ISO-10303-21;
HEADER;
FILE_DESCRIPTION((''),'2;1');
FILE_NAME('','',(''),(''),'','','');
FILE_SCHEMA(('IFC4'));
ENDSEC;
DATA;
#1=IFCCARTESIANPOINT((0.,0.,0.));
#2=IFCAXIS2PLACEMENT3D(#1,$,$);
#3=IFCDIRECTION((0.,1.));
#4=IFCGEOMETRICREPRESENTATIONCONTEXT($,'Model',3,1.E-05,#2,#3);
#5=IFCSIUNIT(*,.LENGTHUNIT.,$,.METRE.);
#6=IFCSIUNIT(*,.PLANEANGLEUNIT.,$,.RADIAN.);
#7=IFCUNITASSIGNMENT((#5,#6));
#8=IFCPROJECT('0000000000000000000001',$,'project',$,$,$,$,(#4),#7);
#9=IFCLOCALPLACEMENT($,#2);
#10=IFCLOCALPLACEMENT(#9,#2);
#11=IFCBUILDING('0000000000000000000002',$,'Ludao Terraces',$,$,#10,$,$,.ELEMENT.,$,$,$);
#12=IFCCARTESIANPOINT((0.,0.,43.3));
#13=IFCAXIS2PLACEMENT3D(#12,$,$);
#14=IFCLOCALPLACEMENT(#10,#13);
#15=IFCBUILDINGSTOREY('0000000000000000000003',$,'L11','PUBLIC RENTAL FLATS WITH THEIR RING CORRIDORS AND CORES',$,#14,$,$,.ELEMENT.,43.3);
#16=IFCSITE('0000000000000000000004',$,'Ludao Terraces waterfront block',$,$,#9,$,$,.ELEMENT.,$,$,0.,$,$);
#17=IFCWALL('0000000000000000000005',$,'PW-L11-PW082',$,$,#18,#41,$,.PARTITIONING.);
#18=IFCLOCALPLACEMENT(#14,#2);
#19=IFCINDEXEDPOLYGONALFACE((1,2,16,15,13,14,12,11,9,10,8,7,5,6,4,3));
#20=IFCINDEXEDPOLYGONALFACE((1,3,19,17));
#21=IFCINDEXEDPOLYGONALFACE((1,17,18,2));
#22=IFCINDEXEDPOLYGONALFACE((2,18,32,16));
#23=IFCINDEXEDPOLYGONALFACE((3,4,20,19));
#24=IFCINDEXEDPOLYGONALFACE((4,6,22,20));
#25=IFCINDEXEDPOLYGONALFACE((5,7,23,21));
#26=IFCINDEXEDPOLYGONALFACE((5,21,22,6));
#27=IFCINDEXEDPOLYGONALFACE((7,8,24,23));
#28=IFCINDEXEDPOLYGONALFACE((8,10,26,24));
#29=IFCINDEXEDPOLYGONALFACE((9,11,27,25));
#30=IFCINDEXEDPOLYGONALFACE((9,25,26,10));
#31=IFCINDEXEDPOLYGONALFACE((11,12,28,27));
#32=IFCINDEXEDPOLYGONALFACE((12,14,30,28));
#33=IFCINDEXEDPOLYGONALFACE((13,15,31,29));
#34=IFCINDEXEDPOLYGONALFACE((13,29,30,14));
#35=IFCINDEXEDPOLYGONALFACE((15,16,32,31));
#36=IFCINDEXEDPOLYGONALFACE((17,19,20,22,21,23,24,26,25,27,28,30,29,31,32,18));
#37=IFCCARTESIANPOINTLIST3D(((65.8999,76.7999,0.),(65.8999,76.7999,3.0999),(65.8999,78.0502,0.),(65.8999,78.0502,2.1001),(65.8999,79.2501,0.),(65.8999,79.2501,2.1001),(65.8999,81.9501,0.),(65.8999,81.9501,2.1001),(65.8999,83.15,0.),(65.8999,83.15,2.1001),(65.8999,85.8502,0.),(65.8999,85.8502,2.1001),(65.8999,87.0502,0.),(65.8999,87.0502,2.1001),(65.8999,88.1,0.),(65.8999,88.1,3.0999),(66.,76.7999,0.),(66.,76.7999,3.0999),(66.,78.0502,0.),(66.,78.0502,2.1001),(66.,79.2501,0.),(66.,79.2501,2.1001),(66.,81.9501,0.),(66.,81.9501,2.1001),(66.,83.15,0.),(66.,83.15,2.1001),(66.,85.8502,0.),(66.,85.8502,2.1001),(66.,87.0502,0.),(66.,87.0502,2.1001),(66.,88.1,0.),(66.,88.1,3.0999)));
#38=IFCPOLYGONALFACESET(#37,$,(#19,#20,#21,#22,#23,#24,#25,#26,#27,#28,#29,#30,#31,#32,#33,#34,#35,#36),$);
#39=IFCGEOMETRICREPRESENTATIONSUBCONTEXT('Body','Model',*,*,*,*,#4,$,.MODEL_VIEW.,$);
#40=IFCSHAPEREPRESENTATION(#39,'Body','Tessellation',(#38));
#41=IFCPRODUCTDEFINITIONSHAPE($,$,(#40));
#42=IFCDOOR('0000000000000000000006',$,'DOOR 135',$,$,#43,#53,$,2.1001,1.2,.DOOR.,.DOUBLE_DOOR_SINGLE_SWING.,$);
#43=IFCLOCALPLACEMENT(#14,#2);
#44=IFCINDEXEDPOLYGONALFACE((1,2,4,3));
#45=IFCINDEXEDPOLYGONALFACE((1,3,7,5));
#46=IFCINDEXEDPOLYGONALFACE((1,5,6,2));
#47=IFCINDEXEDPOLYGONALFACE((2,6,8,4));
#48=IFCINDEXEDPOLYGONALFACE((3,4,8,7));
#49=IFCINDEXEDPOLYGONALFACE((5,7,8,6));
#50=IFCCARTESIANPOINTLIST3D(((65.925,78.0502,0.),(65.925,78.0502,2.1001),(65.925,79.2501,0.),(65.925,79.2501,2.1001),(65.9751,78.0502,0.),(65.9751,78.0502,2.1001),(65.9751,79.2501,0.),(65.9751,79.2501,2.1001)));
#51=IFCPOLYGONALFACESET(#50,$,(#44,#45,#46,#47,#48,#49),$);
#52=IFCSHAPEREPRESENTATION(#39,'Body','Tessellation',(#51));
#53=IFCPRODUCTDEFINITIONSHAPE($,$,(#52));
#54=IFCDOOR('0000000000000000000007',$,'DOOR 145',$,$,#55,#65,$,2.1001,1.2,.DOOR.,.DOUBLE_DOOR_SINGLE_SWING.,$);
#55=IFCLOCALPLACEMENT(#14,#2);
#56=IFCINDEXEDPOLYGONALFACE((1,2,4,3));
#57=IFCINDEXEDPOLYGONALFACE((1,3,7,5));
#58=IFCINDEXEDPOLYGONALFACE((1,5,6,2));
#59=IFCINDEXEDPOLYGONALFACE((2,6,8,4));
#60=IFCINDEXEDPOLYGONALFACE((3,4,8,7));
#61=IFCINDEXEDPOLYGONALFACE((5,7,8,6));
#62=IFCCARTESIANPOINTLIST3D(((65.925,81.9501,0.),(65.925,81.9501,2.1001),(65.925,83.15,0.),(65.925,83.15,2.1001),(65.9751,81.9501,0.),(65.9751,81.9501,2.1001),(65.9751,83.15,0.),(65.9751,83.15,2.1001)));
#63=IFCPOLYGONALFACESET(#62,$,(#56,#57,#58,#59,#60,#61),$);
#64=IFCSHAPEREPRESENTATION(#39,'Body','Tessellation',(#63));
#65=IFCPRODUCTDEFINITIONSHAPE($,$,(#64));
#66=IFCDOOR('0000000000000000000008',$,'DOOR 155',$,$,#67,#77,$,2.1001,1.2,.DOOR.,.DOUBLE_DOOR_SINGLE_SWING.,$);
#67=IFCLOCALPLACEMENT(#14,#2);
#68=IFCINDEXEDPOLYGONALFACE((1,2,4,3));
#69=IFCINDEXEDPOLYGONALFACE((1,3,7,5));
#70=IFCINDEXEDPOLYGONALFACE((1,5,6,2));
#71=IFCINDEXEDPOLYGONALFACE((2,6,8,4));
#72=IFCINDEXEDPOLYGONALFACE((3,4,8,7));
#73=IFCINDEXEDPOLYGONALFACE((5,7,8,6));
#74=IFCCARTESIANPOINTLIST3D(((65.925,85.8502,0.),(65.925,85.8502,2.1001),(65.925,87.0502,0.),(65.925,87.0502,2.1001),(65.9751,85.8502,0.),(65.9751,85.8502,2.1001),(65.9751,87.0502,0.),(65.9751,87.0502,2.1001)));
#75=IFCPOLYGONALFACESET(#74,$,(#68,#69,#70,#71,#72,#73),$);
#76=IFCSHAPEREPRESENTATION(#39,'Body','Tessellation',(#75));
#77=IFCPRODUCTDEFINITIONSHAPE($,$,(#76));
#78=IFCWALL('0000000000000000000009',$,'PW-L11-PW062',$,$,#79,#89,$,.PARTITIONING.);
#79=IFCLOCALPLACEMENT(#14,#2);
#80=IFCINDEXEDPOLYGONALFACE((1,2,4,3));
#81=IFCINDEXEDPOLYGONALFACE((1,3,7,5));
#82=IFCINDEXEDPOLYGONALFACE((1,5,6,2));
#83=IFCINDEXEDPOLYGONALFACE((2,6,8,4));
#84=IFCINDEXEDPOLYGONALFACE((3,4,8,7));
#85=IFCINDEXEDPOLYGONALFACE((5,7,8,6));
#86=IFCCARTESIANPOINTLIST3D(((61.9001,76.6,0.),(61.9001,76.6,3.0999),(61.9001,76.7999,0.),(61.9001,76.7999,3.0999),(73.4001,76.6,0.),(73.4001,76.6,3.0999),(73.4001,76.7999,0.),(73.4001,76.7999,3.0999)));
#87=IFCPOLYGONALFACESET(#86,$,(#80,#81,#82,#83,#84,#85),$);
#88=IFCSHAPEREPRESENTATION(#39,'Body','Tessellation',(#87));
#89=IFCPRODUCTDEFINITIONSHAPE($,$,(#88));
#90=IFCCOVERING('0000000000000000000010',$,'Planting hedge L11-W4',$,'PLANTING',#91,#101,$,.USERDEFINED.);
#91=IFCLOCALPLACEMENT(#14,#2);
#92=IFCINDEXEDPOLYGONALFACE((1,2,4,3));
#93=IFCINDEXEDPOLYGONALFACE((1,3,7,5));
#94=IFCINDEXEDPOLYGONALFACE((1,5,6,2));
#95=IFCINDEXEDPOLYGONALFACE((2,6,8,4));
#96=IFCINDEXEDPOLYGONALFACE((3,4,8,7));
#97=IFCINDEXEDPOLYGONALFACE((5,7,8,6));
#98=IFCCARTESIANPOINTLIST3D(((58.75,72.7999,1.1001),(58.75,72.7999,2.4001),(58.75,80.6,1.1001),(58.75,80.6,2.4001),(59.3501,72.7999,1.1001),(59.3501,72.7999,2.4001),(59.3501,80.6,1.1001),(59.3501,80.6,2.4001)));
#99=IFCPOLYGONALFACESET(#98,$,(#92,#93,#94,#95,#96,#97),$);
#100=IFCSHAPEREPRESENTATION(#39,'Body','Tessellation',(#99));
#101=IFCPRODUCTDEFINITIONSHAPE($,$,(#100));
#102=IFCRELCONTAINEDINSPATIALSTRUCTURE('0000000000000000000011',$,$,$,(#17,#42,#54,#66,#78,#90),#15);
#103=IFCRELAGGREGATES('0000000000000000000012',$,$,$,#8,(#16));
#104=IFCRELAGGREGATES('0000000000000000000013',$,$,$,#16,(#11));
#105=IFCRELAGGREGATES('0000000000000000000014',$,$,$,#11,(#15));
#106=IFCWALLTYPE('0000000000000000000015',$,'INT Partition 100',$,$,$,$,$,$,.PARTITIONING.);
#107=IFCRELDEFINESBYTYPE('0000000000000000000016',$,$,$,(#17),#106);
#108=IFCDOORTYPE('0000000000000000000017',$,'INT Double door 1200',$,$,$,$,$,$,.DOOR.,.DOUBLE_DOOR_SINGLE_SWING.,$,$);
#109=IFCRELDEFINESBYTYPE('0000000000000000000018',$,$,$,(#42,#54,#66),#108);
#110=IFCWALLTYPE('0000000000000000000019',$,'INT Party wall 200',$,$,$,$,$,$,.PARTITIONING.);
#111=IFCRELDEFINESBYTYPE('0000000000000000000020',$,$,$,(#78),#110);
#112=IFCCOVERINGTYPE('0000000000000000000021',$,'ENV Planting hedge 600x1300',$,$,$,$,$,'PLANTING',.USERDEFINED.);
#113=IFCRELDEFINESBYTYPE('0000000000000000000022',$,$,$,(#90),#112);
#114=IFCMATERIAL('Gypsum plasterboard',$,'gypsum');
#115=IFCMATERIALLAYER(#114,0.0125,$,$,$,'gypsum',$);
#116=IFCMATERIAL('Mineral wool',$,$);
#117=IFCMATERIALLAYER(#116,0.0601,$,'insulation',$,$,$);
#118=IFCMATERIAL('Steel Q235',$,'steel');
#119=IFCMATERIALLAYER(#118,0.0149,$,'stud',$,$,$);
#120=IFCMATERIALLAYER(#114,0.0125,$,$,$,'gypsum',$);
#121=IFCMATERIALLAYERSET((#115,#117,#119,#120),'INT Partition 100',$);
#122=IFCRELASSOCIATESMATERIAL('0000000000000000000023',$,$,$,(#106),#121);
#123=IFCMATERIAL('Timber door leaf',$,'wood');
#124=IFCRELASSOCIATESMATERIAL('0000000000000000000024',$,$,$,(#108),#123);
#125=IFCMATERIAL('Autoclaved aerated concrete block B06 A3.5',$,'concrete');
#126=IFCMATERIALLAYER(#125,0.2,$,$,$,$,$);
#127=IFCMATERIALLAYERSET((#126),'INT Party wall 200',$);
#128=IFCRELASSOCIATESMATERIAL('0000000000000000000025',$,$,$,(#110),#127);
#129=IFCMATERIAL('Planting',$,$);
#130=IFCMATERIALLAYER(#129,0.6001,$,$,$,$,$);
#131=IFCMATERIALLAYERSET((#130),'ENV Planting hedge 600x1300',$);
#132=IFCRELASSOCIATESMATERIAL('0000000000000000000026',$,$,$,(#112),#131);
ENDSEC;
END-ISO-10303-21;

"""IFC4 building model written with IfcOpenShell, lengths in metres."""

from ifc_helpers import new_model, si_unit, direction, frame, frame_2d, origin, origin_2d, place, context, subcontext, project, spatial, rectangle, extrude, material, layer, layer_set, type_object, element, fill, save


model = new_model("IFC4")

# Units and contexts
model_context = context("Model", 3, precision=1e-05, world=origin(), true_north=direction((0.0, 1.0)))
body_context = subcontext(model_context, "Body", "Model", "MODEL_VIEW")
ifc_project = project(units=[si_unit("LENGTHUNIT", "METRE"), si_unit("PLANEANGLEUNIT", "RADIAN")], contexts=[model_context])

# Site, building, storey
site_placement = place(None, origin())
site = spatial("IfcSite", under=ifc_project, at=site_placement, Name="Ludao Terraces waterfront block", CompositionType="ELEMENT", RefElevation=0.0)
building_placement = place(site_placement, origin())
building = spatial("IfcBuilding", under=site, at=building_placement, Name="Ludao Terraces", CompositionType="ELEMENT")
storey_placement = place(building_placement, frame((0.0, 0.0, 43.3)))
storey = spatial("IfcBuildingStorey", under=building, at=storey_placement, Name="L11", Description="PUBLIC RENTAL FLATS WITH THEIR RING CORRIDORS AND CORES", CompositionType="ELEMENT", Elevation=43.3)

# Shared definitions
ifc_material_1 = material(Name="Mineral wool")

# Shared definitions
ifc_material_2 = material(Name="Gypsum plasterboard", Category="gypsum")
ifc_layer_1 = layer(ifc_material_2, 0.0125, Category="gypsum")
ifc_layer_2 = layer(ifc_material_1, 0.0601, Name="insulation")
ifc_material_3 = material(Name="Steel Q235", Category="steel")
ifc_layer_3 = layer(ifc_material_3, 0.0149, Name="stud")
ifc_layer_4 = layer(ifc_material_2, 0.0125, Category="gypsum")
ifc_layer_set_1 = layer_set([ifc_layer_1, ifc_layer_2, ifc_layer_3, ifc_layer_4], Name="INT Partition 100")
wall_type_1 = type_object("IfcWallType", Name="INT Partition 100", PredefinedType="PARTITIONING", material=ifc_layer_set_1)

# Wall, openings, doors
ifc_material_4 = material(Name="Timber door leaf", Category="wood")
door_type_1 = type_object("IfcDoorType", Name="INT Double door 1200", OperationType="DOUBLE_DOOR_SINGLE_SWING", PredefinedType="DOOR", material=ifc_material_4)
wall_1_placement = place(storey_placement, frame((65.95, 76.8, 0.0), z_axis=(0.0, 0.0, 1.0), x_axis=(0.0, 1.0, 0.0)))
wall_1 = element("IfcWall", 1, at=wall_1_placement, inside=storey, type_object=wall_type_1, Name="PW-L11-PW082", PredefinedType="PARTITIONING", context=body_context, shape_type="SweptSolid", body=[
    extrude(rectangle(XDim=11.3, YDim=0.1001, at=frame_2d((5.6499, 0.0))), origin(), (0.0, 0.0, 1.0), 3.0999),
])
opening_1_placement = place(wall_1_placement, frame((1.25, 0.0, 0.0)))
opening_1 = element("IfcOpeningElement", 2, at=opening_1_placement, cuts=wall_1, PredefinedType="OPENING", context=body_context, shape_type="SweptSolid", body=[
    extrude(rectangle(XDim=1.2, YDim=2.1001, at=frame_2d((0.6001, 1.05))), frame((0.0, 0.0601, 0.0), z_axis=(0.0, -1.0, 0.0), x_axis=(1.0, 0.0, 0.0)), (0.0, 0.0, 1.0), 0.1201),
])
opening_2_placement = place(wall_1_placement, frame((5.1499, 0.0, 0.0)))
opening_2 = element("IfcOpeningElement", 3, at=opening_2_placement, cuts=wall_1, PredefinedType="OPENING", context=body_context, shape_type="SweptSolid", body=[
    extrude(rectangle(XDim=1.2, YDim=2.1001, at=frame_2d((0.6001, 1.05))), frame((0.0, 0.0601, 0.0), z_axis=(0.0, -1.0, 0.0), x_axis=(1.0, 0.0, 0.0)), (0.0, 0.0, 1.0), 0.1201),
])
opening_3_placement = place(wall_1_placement, frame((9.05, 0.0, 0.0)))
opening_3 = element("IfcOpeningElement", 4, at=opening_3_placement, cuts=wall_1, PredefinedType="OPENING", context=body_context, shape_type="SweptSolid", body=[
    extrude(rectangle(XDim=1.2, YDim=2.1001, at=frame_2d((0.6001, 1.05))), frame((0.0, 0.0601, 0.0), z_axis=(0.0, -1.0, 0.0), x_axis=(1.0, 0.0, 0.0)), (0.0, 0.0, 1.0), 0.1201),
])
door_1_placement = place(opening_1_placement, origin())
door_1 = element("IfcDoor", 5, at=door_1_placement, inside=storey, type_object=door_type_1, Name="DOOR 135", OperationType="DOUBLE_DOOR_SINGLE_SWING", OverallHeight=2.1001, OverallWidth=1.2, PredefinedType="DOOR", context=body_context, shape_type="SweptSolid", body=[
    extrude(rectangle(XDim=1.2, YDim=2.1001, at=frame_2d((0.6001, 1.05))), frame((0.0, 0.0249, 0.0), z_axis=(0.0, -1.0, 0.0), x_axis=(1.0, 0.0, 0.0)), (0.0, 0.0, 1.0), 0.05),
])
fill(opening_1, door_1)
door_2_placement = place(opening_2_placement, origin())
door_2 = element("IfcDoor", 6, at=door_2_placement, inside=storey, type_object=door_type_1, Name="DOOR 145", OperationType="DOUBLE_DOOR_SINGLE_SWING", OverallHeight=2.1001, OverallWidth=1.2, PredefinedType="DOOR", context=body_context, shape_type="SweptSolid", body=[
    extrude(rectangle(XDim=1.2, YDim=2.1001, at=frame_2d((0.6001, 1.05))), frame((0.0, 0.0249, 0.0), z_axis=(0.0, -1.0, 0.0), x_axis=(1.0, 0.0, 0.0)), (0.0, 0.0, 1.0), 0.05),
])
fill(opening_2, door_2)
door_3_placement = place(opening_3_placement, origin())
door_3 = element("IfcDoor", 7, at=door_3_placement, inside=storey, type_object=door_type_1, Name="DOOR 155", OperationType="DOUBLE_DOOR_SINGLE_SWING", OverallHeight=2.1001, OverallWidth=1.2, PredefinedType="DOOR", context=body_context, shape_type="SweptSolid", body=[
    extrude(rectangle(XDim=1.2, YDim=2.1001, at=frame_2d((0.6001, 1.05))), frame((0.0, 0.0249, 0.0), z_axis=(0.0, -1.0, 0.0), x_axis=(1.0, 0.0, 0.0)), (0.0, 0.0, 1.0), 0.05),
])
fill(opening_3, door_3)

# Wall
ifc_material_5 = material(Name="Autoclaved aerated concrete block B06 A3.5", Category="concrete")
ifc_layer_5 = layer(ifc_material_5, 0.2)
ifc_layer_set_2 = layer_set([ifc_layer_5], Name="INT Party wall 200")
wall_type_2 = type_object("IfcWallType", Name="INT Party wall 200", PredefinedType="PARTITIONING", material=ifc_layer_set_2)
wall_2_placement = place(storey_placement, frame((61.9001, 76.7, 0.0), z_axis=(0.0, 0.0, 1.0), x_axis=(1.0, 0.0, 0.0)))
element("IfcWall", 8, at=wall_2_placement, inside=storey, type_object=wall_type_2, Name="PW-L11-PW062", PredefinedType="PARTITIONING", context=body_context, shape_type="SweptSolid", body=[
    extrude(rectangle(XDim=11.5, YDim=0.2, at=frame_2d((5.75, 0.0))), origin(), (0.0, 0.0, 1.0), 3.0999),
])

# Covering
ifc_material_6 = material(Name="Planting")
ifc_layer_6 = layer(ifc_material_6, 0.6001)
ifc_layer_set_3 = layer_set([ifc_layer_6], Name="ENV Planting hedge 600x1300")
covering_type = type_object("IfcCoveringType", Name="ENV Planting hedge 600x1300", ElementType="PLANTING", PredefinedType="USERDEFINED", material=ifc_layer_set_3)
covering_placement = place(storey_placement, frame((59.05, 76.7, 1.1001), z_axis=(0.0, 0.0, 1.0), x_axis=(1.0, 0.0, 0.0)))
element("IfcCovering", 9, at=covering_placement, inside=storey, type_object=covering_type, Name="Planting hedge L11-W4", ObjectType="PLANTING", PredefinedType="USERDEFINED", context=body_context, shape_type="SweptSolid", body=[
    extrude(rectangle(XDim=0.6001, YDim=7.8, at=origin_2d()), origin(), (0.0, 0.0, 1.0), 1.3),
])

save(model, "model.ifc")
